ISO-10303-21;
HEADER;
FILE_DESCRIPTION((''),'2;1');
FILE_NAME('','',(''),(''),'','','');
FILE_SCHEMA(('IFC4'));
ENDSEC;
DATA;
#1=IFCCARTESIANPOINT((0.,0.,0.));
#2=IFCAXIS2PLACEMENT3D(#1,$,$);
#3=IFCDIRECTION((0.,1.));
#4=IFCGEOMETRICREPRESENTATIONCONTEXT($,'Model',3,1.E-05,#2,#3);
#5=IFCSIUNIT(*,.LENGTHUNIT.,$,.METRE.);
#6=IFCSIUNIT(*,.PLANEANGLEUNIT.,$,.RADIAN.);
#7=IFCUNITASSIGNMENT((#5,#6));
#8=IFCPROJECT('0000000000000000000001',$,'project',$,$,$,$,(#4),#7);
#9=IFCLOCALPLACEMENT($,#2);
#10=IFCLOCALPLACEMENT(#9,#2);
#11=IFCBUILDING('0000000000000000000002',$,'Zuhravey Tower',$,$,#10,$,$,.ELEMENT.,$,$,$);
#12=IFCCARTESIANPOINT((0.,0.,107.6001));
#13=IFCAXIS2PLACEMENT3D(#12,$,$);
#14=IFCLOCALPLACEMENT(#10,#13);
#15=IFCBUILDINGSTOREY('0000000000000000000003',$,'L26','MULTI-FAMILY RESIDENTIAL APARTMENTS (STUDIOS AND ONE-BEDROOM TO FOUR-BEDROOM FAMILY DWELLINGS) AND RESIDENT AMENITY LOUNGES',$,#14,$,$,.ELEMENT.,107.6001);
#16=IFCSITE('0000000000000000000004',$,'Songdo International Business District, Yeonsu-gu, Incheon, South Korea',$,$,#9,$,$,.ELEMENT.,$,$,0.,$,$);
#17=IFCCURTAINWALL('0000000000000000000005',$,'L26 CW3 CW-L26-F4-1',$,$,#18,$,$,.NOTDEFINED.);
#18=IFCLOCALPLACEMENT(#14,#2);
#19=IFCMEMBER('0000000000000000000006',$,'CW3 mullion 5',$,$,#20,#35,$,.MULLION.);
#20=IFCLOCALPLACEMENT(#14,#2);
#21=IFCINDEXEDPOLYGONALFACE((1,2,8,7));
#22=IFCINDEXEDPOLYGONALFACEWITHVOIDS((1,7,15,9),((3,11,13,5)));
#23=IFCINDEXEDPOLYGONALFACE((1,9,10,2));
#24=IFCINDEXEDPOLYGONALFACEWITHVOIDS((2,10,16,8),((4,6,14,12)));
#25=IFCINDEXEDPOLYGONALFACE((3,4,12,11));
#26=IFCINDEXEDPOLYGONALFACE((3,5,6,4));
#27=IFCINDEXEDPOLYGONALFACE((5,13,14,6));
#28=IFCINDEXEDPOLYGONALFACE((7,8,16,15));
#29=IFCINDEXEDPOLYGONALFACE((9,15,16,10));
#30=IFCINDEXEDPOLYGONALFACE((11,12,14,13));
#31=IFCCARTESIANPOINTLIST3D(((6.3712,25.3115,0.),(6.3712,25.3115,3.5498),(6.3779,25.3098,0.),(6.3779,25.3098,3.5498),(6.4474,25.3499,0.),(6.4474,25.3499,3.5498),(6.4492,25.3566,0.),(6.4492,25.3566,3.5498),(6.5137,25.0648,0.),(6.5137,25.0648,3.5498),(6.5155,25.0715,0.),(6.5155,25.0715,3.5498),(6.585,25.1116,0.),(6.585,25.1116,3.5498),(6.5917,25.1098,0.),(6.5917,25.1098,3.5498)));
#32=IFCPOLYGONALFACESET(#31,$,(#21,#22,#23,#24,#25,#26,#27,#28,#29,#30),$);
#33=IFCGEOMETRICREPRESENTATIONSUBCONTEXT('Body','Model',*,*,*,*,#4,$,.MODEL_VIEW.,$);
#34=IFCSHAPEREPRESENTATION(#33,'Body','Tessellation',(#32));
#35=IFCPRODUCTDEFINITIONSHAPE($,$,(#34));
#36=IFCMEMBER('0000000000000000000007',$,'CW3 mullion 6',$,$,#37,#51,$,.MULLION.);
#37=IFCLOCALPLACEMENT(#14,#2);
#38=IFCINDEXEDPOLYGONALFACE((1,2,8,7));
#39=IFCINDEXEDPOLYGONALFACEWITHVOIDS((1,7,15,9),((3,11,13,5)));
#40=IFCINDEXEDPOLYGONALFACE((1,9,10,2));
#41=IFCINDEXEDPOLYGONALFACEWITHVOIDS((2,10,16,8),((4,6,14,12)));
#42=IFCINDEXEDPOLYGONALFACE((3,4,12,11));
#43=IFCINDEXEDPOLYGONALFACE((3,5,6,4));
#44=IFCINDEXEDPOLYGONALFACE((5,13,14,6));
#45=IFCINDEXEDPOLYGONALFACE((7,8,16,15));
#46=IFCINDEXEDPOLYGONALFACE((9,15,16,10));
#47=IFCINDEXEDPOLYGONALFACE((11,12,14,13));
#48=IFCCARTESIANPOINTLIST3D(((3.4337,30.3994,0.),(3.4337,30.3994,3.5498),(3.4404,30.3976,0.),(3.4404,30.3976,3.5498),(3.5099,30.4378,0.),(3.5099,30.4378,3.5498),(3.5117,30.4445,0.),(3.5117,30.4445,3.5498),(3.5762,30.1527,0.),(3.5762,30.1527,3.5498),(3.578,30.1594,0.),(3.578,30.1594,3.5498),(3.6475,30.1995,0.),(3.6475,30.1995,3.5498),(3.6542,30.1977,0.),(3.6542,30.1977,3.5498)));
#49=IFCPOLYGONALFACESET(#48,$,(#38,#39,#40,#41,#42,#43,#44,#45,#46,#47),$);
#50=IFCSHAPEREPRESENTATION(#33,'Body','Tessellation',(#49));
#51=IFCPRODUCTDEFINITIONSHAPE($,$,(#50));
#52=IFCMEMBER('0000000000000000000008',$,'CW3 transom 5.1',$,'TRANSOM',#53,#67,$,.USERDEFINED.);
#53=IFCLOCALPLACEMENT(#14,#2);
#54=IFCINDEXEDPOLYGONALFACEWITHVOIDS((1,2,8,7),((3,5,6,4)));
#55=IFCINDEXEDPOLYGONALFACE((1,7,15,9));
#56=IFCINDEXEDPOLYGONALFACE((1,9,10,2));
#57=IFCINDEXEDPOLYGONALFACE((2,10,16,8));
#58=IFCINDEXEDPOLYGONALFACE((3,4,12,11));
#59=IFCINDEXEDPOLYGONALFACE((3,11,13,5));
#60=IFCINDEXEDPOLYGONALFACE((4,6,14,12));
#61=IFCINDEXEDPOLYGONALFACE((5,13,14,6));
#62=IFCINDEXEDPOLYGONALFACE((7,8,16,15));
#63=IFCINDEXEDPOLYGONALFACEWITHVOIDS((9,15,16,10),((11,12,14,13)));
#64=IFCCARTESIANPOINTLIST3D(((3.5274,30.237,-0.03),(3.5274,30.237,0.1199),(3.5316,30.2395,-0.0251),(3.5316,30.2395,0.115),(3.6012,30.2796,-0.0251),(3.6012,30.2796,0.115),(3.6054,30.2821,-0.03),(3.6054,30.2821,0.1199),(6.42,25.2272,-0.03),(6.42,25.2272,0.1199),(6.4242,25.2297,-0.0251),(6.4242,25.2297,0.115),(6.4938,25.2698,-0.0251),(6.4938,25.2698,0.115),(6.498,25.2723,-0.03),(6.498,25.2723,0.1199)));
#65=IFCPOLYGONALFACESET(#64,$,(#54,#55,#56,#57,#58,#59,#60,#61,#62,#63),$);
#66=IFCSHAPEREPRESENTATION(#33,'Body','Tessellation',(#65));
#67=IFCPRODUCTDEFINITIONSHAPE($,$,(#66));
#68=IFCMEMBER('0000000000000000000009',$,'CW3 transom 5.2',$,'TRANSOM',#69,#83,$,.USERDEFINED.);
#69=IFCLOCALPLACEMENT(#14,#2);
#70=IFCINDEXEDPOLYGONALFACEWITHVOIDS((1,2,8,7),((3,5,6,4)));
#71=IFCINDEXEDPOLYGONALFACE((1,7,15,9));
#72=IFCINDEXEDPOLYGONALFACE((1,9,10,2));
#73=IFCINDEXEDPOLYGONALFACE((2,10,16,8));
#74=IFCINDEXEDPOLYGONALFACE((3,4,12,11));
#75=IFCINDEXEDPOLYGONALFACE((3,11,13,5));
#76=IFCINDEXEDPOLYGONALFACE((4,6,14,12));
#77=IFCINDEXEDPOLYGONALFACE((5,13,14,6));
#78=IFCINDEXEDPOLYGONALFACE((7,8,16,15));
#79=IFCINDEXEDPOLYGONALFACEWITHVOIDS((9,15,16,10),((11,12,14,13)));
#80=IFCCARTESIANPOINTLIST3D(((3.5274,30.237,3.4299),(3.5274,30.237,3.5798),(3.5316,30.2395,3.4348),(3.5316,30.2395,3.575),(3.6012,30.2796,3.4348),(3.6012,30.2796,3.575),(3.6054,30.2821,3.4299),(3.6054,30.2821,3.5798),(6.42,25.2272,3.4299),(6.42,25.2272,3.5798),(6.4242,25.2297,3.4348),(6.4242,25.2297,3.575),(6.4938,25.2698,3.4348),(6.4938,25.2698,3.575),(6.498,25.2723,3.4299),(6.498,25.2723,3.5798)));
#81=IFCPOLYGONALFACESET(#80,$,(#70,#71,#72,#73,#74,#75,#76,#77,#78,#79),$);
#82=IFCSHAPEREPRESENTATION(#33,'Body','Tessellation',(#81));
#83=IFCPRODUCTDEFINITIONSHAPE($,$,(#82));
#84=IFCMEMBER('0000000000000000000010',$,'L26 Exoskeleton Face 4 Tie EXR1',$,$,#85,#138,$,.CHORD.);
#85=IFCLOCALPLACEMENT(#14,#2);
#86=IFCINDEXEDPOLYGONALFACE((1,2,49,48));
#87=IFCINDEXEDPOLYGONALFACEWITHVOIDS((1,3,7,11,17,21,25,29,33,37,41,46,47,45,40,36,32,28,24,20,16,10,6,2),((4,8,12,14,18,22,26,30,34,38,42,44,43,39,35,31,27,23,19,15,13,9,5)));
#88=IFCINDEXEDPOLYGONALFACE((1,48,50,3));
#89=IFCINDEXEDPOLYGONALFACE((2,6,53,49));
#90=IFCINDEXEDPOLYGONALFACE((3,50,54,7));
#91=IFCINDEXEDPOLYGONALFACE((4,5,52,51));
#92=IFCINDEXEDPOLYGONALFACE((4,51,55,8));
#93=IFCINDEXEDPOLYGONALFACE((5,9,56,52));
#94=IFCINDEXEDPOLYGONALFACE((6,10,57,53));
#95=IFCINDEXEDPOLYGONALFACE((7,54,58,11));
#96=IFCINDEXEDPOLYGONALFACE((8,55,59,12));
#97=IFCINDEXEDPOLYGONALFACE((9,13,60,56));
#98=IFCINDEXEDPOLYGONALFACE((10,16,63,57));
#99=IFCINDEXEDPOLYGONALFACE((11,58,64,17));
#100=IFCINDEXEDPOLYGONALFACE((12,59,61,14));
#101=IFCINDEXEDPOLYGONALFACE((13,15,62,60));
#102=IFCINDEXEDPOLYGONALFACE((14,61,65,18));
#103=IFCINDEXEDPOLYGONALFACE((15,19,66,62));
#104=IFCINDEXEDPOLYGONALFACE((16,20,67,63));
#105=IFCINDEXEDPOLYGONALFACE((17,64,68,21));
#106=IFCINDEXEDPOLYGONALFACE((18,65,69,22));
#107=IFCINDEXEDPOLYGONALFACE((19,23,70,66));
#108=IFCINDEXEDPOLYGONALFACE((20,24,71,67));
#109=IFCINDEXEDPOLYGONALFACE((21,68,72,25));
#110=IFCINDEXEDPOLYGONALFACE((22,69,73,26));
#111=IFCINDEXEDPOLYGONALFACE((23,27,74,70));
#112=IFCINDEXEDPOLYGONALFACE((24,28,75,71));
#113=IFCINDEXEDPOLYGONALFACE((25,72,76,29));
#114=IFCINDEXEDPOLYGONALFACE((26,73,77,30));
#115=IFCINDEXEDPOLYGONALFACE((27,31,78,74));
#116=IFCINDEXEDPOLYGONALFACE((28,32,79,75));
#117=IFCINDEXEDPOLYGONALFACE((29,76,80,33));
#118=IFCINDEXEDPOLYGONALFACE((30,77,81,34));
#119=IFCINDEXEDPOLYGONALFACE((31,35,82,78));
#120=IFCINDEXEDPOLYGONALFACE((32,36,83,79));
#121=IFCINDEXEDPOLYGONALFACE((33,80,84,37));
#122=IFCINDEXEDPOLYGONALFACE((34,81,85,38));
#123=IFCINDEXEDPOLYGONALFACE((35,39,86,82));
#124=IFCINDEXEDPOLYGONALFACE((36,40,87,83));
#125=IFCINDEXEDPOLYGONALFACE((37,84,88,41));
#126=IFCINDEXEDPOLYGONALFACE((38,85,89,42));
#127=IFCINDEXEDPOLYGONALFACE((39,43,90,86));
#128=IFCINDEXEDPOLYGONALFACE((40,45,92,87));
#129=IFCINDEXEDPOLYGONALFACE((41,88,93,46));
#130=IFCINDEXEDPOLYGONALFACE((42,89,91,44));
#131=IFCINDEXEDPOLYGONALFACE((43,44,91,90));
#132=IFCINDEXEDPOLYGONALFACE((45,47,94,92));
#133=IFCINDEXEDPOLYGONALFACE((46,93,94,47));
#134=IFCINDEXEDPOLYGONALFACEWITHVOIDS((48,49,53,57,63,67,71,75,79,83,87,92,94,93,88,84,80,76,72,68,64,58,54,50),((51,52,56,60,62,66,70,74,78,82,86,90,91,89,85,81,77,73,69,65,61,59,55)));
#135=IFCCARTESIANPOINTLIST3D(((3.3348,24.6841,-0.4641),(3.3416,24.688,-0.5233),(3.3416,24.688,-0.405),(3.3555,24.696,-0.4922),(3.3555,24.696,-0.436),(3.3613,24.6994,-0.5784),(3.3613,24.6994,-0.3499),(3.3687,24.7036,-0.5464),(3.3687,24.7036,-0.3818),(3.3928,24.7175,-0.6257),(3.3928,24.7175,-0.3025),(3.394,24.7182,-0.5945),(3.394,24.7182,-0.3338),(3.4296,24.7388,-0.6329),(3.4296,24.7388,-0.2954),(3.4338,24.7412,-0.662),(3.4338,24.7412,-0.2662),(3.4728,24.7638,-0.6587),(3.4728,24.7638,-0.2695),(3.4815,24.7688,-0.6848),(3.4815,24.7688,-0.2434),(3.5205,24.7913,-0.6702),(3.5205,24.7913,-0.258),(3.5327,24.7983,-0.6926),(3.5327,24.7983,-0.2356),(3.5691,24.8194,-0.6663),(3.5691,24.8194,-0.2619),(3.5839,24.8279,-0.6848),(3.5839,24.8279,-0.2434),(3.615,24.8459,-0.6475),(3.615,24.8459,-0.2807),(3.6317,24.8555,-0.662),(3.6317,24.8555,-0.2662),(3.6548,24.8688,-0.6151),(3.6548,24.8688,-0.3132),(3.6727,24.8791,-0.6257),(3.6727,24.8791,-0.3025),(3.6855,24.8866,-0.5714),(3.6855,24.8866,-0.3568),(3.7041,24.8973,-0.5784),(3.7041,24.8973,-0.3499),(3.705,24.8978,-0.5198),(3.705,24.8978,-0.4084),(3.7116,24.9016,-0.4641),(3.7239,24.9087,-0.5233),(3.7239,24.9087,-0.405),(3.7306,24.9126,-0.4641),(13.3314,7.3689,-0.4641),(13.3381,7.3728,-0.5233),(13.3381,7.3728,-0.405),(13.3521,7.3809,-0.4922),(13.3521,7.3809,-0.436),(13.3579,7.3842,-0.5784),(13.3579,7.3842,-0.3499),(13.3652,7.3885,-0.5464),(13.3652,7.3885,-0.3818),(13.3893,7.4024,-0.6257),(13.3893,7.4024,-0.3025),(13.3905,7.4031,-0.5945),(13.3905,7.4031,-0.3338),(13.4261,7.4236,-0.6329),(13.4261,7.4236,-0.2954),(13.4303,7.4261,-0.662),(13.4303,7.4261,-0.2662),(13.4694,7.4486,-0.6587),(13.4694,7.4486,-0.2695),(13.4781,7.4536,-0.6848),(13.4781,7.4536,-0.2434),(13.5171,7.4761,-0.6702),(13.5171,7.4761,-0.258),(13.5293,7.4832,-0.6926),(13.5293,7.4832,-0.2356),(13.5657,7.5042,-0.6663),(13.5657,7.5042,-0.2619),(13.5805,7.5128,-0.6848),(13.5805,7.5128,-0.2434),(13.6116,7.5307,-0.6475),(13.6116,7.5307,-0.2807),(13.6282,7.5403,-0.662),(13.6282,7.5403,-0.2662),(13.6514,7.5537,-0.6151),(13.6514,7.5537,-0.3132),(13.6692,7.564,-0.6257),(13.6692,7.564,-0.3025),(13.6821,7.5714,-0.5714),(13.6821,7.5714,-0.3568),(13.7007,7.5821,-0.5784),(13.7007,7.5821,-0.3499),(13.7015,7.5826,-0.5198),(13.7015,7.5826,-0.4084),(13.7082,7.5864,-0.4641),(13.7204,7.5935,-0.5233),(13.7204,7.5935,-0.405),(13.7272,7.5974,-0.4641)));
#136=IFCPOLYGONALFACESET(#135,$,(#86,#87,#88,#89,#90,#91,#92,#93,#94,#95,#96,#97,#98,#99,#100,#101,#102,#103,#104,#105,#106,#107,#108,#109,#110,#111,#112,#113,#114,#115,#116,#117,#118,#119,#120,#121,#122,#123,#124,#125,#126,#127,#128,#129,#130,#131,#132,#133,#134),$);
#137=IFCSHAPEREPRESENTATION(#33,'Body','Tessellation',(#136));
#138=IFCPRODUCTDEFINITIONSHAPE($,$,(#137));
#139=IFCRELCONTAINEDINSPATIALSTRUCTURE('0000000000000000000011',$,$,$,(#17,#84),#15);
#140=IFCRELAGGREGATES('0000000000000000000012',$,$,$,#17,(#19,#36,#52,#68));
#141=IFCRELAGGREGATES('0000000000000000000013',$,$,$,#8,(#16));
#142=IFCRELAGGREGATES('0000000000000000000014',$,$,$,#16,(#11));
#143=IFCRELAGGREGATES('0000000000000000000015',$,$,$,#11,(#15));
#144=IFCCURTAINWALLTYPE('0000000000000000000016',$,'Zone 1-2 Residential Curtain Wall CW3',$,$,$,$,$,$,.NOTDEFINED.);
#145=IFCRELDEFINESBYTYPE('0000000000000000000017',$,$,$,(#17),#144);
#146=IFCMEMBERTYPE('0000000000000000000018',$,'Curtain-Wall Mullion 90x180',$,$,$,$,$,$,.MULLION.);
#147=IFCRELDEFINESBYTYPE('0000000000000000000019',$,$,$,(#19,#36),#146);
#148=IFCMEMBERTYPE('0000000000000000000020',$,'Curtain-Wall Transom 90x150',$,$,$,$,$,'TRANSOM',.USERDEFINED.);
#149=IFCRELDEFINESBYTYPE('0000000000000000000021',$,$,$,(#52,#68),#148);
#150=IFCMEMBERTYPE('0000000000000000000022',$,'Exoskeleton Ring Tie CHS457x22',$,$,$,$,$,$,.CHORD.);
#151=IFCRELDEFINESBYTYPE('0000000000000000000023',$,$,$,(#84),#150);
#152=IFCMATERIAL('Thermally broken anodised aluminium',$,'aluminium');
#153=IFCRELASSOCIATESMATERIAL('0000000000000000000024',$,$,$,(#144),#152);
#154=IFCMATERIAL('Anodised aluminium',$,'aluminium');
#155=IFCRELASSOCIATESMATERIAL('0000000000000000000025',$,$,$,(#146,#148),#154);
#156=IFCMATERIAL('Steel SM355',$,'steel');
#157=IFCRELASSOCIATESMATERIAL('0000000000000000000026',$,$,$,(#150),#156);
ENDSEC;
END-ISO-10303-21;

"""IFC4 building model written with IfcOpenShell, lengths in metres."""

from ifc_helpers import new_model, si_unit, direction, frame, origin, origin_2d, place, context, subcontext, project, spatial, hollow_rectangle, hollow_circle, extrude, material, material_profile, profile_set, type_object, element, aggregate, save


model = new_model("IFC4")

# Units and contexts
model_context = context("Model", 3, precision=1e-05, world=origin(), true_north=direction((0.0, 1.0)))
body_context = subcontext(model_context, "Body", "Model", "MODEL_VIEW")
ifc_project = project(units=[si_unit("LENGTHUNIT", "METRE"), si_unit("PLANEANGLEUNIT", "RADIAN")], contexts=[model_context])

# Site, building, storey
site_placement = place(None, origin())
site = spatial("IfcSite", under=ifc_project, at=site_placement, Name="Songdo International Business District, Yeonsu-gu, Incheon, South Korea", CompositionType="ELEMENT", RefElevation=0.0)
building_placement = place(site_placement, origin())
building = spatial("IfcBuilding", under=site, at=building_placement, Name="Zuhravey Tower", CompositionType="ELEMENT")
storey_placement = place(building_placement, frame((0.0, 0.0, 107.6001)))
storey = spatial("IfcBuildingStorey", under=building, at=storey_placement, Name="L26", Description="MULTI-FAMILY RESIDENTIAL APARTMENTS (STUDIOS AND ONE-BEDROOM TO FOUR-BEDROOM FAMILY DWELLINGS) AND RESIDENT AMENITY LOUNGES", CompositionType="ELEMENT", Elevation=107.6001)

# Curtain wall, members
ifc_material_1 = material(Name="Thermally broken anodised aluminium", Category="aluminium")
curtain_wall_type = type_object("IfcCurtainWallType", Name="Zone 1-2 Residential Curtain Wall CW3", PredefinedType="NOTDEFINED", material=ifc_material_1)
curtain_wall_placement = place(storey_placement, origin())
curtain_wall = element("IfcCurtainWall", 1, at=curtain_wall_placement, inside=storey, type_object=curtain_wall_type, Name="L26 CW3 CW-L26-F4-1", PredefinedType="NOTDEFINED")
ifc_material_2 = material(Name="Anodised aluminium", Category="aluminium")
ifc_material_profile_1 = material_profile(ifc_material_2, hollow_rectangle(XDim=0.0901, YDim=0.2849, WallThickness=0.0049, at=origin_2d()), Name="ALU-RHS-90x285x5")
ifc_profile_set_1 = profile_set([ifc_material_profile_1], Name="Anodised aluminium")
member_type_1 = type_object("IfcMemberType", Name="Curtain-Wall Mullion 90x180", PredefinedType="MULLION", material=ifc_profile_set_1)
member_1_placement = place(storey_placement, frame((6.4814, 25.2107, 0.0), z_axis=(0.0, 0.0, 1.0), x_axis=(-0.866026, -0.5, 0.0)))
member_1 = element("IfcMember", 2, at=member_1_placement, type_object=member_type_1, Name="CW3 mullion 5", PredefinedType="MULLION", context=body_context, shape_type="SweptSolid", body=[
    extrude(hollow_rectangle(XDim=0.0901, YDim=0.2849, WallThickness=0.0049, at=origin_2d()), origin(), (0.0, 0.0, 1.0), 3.5498),
])
member_2_placement = place(storey_placement, frame((3.5439, 30.2986, 0.0), z_axis=(0.0, 0.0, 1.0), x_axis=(-0.866026, -0.5, 0.0)))
member_2 = element("IfcMember", 3, at=member_2_placement, type_object=member_type_1, Name="CW3 mullion 6", PredefinedType="MULLION", context=body_context, shape_type="SweptSolid", body=[
    extrude(hollow_rectangle(XDim=0.0901, YDim=0.2849, WallThickness=0.0049, at=origin_2d()), origin(), (0.0, 0.0, 1.0), 3.5498),
])
ifc_material_profile_2 = material_profile(ifc_material_2, hollow_rectangle(XDim=0.0901, YDim=0.1499, WallThickness=0.0049, at=origin_2d()), Name="ALU-RHS-90x150x5")
ifc_profile_set_2 = profile_set([ifc_material_profile_2], Name="Anodised aluminium")
member_type_2 = type_object("IfcMemberType", Name="Curtain-Wall Transom 90x150", ElementType="TRANSOM", PredefinedType="USERDEFINED", material=ifc_profile_set_2)
member_3_placement = place(storey_placement, frame((6.459, 25.2498, 0.0449), z_axis=(-0.500024, 0.866011, 0.0), x_axis=(-0.866011, -0.500024, 0.0)))
member_3 = element("IfcMember", 4, at=member_3_placement, type_object=member_type_2, Name="CW3 transom 5.1", ObjectType="TRANSOM", PredefinedType="USERDEFINED", context=body_context, shape_type="SweptSolid", body=[
    extrude(hollow_rectangle(XDim=0.0901, YDim=0.1499, WallThickness=0.0049, at=origin_2d()), origin(), (0.0, 0.0, 1.0), 5.7849),
])
member_4_placement = place(storey_placement, frame((6.459, 25.2498, 3.5049), z_axis=(-0.500024, 0.866011, 0.0), x_axis=(-0.866011, -0.500024, 0.0)))
member_4 = element("IfcMember", 5, at=member_4_placement, type_object=member_type_2, Name="CW3 transom 5.2", ObjectType="TRANSOM", PredefinedType="USERDEFINED", context=body_context, shape_type="SweptSolid", body=[
    extrude(hollow_rectangle(XDim=0.0901, YDim=0.1499, WallThickness=0.0049, at=origin_2d()), origin(), (0.0, 0.0, 1.0), 5.7849),
])

# Member
ifc_material_3 = material(Name="Steel SM355", Category="steel")
ifc_material_profile_3 = material_profile(ifc_material_3, hollow_circle(Radius=0.2285, WallThickness=0.022, at=origin_2d()), Name="CHS-457.2x22")
ifc_profile_set_3 = profile_set([ifc_material_profile_3], Name="Steel SM355")
member_type_3 = type_object("IfcMemberType", Name="Exoskeleton Ring Tie CHS457x22", PredefinedType="CHORD", material=ifc_profile_set_3)
member_5_placement = place(storey_placement, frame((3.5327, 24.7983, -0.4641), z_axis=(0.499987, -0.866033, 0.0), x_axis=(0.866033, 0.499987, 0.0)))
element("IfcMember", 6, at=member_5_placement, inside=storey, type_object=member_type_3, Name="L26 Exoskeleton Face 4 Tie EXR1", PredefinedType="CHORD", context=body_context, shape_type="SweptSolid", body=[
    extrude(hollow_circle(Radius=0.2285, WallThickness=0.022, at=origin_2d()), origin(), (0.0, 0.0, 1.0), 19.9937),
])

aggregate(curtain_wall, [member_1, member_2, member_3, member_4])

save(model, "model.ifc")
